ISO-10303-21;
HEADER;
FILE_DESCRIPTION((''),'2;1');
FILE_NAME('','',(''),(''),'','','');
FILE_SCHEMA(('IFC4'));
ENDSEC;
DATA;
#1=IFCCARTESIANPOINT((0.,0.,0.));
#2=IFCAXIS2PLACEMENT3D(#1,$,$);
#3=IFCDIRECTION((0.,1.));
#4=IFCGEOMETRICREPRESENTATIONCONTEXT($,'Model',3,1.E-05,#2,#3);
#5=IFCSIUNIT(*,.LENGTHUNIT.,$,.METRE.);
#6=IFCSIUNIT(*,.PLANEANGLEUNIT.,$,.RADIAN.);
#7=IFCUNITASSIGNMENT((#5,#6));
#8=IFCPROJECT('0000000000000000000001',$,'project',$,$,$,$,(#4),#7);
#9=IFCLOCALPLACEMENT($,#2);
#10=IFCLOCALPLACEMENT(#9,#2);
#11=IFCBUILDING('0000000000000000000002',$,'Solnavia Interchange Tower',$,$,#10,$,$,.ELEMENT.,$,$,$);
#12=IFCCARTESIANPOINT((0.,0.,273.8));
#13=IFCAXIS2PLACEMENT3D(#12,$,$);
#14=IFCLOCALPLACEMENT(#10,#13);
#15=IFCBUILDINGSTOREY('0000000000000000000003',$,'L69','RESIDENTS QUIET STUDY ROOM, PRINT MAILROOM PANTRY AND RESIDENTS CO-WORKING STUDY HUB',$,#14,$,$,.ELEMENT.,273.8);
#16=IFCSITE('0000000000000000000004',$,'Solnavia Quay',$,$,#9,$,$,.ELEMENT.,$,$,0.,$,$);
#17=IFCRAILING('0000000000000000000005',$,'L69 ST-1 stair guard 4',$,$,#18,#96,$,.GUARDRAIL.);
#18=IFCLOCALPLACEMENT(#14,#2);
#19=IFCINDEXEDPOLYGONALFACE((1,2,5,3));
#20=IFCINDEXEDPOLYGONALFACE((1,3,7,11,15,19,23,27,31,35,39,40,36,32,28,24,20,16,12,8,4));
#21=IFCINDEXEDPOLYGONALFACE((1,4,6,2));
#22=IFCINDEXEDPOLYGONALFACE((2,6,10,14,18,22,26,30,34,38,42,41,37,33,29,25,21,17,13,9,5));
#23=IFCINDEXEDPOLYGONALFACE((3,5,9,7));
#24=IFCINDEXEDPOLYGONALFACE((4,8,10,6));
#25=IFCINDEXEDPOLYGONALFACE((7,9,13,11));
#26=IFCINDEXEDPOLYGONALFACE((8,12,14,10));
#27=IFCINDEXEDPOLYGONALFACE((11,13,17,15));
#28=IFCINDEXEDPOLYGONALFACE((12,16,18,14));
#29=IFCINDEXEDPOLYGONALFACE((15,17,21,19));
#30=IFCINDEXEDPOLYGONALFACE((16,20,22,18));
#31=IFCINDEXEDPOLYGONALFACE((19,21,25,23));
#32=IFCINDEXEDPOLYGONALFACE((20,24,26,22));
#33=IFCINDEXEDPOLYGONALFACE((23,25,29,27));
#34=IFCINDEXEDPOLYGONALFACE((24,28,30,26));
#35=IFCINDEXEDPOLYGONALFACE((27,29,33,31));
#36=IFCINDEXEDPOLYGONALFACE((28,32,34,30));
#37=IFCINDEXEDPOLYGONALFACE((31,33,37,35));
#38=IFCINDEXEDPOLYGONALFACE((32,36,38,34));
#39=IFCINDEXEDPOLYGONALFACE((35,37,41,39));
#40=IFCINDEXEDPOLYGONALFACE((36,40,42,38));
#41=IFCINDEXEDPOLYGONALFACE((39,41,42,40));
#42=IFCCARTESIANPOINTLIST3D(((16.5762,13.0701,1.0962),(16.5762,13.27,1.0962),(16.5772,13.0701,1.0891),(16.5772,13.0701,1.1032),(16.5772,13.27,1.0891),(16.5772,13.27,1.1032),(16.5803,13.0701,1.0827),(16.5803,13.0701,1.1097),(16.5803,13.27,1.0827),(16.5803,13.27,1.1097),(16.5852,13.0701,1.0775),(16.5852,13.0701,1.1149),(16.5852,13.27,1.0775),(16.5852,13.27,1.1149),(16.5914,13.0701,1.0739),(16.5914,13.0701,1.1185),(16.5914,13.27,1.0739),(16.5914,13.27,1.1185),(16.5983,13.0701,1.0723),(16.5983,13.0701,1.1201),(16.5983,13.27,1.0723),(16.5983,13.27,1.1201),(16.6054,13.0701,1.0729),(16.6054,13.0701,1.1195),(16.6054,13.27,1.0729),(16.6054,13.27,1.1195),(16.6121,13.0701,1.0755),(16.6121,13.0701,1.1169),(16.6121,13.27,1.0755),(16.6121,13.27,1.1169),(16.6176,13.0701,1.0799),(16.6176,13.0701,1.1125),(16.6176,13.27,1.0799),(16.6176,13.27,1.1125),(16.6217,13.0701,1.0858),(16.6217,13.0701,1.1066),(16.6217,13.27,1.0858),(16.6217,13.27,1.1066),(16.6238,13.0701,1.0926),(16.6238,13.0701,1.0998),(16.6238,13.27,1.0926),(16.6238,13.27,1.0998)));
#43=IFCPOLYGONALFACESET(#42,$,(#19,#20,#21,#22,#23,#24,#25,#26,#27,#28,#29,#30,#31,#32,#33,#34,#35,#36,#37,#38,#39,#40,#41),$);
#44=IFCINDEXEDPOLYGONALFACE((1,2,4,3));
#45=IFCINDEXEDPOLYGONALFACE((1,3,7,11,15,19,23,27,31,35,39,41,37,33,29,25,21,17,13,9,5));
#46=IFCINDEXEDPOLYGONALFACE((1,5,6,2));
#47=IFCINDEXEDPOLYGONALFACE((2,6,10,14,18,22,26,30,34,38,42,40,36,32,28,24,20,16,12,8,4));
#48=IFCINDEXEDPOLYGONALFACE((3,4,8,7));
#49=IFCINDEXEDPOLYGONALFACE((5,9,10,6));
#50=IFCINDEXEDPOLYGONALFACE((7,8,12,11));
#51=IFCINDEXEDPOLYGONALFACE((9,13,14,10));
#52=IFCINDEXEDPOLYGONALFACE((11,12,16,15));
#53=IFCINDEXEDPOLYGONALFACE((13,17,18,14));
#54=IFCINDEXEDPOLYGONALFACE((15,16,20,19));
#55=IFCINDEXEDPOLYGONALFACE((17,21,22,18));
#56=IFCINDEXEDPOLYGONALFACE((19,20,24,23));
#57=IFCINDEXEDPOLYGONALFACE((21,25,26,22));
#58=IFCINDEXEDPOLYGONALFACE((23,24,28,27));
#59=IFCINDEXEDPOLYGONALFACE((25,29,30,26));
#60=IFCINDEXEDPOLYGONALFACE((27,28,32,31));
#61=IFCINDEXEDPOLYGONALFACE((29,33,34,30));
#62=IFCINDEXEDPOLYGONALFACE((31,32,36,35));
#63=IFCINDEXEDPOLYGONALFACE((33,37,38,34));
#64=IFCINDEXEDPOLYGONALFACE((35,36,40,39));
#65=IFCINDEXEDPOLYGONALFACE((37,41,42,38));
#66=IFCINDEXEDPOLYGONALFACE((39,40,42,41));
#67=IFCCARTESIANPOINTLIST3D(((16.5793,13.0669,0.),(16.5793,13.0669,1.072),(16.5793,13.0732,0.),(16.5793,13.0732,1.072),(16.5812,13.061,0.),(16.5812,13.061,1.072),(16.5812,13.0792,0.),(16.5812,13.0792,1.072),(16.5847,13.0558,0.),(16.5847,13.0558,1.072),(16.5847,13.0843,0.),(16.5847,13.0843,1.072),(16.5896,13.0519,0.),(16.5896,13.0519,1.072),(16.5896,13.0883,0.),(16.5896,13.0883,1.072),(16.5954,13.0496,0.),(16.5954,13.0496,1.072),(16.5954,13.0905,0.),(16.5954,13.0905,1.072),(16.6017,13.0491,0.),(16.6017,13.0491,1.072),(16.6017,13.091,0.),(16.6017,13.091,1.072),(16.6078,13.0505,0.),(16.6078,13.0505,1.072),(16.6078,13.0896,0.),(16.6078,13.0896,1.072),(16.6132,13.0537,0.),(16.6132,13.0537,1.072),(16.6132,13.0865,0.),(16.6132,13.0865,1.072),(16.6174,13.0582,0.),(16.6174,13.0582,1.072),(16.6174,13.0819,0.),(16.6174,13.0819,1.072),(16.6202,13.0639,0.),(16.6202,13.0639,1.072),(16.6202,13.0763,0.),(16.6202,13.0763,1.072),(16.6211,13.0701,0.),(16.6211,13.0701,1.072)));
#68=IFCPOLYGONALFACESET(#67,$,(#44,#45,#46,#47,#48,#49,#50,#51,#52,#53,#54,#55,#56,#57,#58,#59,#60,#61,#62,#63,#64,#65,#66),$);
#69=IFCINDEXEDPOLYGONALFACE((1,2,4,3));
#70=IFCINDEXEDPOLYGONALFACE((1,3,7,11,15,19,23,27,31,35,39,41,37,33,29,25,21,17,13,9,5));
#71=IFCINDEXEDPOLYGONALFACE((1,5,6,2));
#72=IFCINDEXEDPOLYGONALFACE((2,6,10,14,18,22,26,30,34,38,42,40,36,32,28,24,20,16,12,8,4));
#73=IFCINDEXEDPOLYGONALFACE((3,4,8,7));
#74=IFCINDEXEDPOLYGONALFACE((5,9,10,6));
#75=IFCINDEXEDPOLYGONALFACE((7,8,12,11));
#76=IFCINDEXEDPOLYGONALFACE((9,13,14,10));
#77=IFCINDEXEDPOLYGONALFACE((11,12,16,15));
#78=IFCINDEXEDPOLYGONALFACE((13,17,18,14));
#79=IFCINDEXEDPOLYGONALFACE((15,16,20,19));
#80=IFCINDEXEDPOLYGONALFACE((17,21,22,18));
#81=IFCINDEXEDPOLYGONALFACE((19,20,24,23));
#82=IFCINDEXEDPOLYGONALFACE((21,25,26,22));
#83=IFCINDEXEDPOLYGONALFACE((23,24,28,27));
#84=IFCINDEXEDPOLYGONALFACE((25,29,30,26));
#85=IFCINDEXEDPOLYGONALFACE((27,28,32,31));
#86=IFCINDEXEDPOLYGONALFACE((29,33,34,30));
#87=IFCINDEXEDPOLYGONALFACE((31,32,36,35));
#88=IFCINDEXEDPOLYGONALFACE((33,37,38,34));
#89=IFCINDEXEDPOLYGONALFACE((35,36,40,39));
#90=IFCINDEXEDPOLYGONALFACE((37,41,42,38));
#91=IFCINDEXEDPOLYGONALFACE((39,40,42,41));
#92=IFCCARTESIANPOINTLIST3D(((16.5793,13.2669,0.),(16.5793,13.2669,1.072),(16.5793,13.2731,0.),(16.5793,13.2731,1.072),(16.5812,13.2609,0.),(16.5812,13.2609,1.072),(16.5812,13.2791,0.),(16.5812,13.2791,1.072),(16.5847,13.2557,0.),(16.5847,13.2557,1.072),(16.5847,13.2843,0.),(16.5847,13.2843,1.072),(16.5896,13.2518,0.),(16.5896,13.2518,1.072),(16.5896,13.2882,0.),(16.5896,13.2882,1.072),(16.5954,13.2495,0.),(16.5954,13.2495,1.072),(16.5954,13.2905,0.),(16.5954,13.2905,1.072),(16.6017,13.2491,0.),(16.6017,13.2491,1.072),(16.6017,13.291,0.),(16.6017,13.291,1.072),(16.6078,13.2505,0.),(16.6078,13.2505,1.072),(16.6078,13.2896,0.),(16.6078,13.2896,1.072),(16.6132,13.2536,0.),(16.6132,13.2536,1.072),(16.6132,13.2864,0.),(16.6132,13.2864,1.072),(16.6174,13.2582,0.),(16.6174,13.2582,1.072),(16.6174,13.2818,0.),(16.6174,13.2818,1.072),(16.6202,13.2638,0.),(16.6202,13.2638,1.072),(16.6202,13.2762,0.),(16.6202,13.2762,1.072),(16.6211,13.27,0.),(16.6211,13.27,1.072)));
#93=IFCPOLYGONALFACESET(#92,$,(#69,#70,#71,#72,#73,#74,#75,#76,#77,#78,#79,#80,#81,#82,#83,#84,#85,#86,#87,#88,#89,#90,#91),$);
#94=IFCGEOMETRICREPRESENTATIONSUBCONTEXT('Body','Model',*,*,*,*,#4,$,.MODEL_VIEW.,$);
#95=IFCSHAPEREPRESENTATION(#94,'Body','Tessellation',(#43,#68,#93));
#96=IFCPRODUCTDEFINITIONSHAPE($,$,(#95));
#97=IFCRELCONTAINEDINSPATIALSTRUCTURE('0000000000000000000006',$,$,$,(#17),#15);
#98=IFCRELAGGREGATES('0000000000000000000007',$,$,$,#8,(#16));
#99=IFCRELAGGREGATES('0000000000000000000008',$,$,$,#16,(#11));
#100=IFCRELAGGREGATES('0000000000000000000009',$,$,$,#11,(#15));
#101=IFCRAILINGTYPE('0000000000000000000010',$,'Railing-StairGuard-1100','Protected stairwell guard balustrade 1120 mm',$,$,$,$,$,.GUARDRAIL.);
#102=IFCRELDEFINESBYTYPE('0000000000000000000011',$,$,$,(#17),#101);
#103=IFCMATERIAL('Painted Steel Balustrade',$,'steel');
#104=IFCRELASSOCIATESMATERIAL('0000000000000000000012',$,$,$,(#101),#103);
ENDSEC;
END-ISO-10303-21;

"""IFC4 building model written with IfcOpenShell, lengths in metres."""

from ifc_helpers import new_model, si_unit, direction, frame, origin, origin_2d, place, context, subcontext, project, spatial, circle, extrude, material, type_object, element, save


model = new_model("IFC4")

# Units and contexts
model_context = context("Model", 3, precision=1e-05, world=origin(), true_north=direction((0.0, 1.0)))
body_context = subcontext(model_context, "Body", "Model", "MODEL_VIEW")
ifc_project = project(units=[si_unit("LENGTHUNIT", "METRE"), si_unit("PLANEANGLEUNIT", "RADIAN")], contexts=[model_context])

# Site, building, storey
site_placement = place(None, origin())
site = spatial("IfcSite", under=ifc_project, at=site_placement, Name="Solnavia Quay", CompositionType="ELEMENT", RefElevation=0.0)
building_placement = place(site_placement, origin())
building = spatial("IfcBuilding", under=site, at=building_placement, Name="Solnavia Interchange Tower", CompositionType="ELEMENT")
storey_placement = place(building_placement, frame((0.0, 0.0, 273.8)))
storey = spatial("IfcBuildingStorey", under=building, at=storey_placement, Name="L69", Description="RESIDENTS QUIET STUDY ROOM, PRINT MAILROOM PANTRY AND RESIDENTS CO-WORKING STUDY HUB", CompositionType="ELEMENT", Elevation=273.8)

# Railing
ifc_material_1 = material(Name="Painted Steel Balustrade", Category="steel")
railing_type_1 = type_object("IfcRailingType", Name="Railing-StairGuard-1100", Description="Protected stairwell guard balustrade 1120 mm", PredefinedType="GUARDRAIL", material=ifc_material_1)
railing_1_placement = place(storey_placement, frame((16.6001, 13.0701, 0.0)))
element("IfcRailing", 1, at=railing_1_placement, inside=storey, type_object=railing_type_1, Name="L69 ST-1 stair guard 4", PredefinedType="GUARDRAIL", context=body_context, shape_type="SweptSolid", body=[
    extrude(circle(Radius=0.0239, at=origin_2d()), frame((0.0, 0.0, 1.0962), z_axis=(0.0, 1.0, 0.0), x_axis=(-1.0, 0.0, 0.0)), (0.0, 0.0, 1.0), 0.2),
    extrude(circle(Radius=0.021, at=origin_2d()), origin(), (0.0, 0.0, 1.0), 1.072),
    extrude(circle(Radius=0.021, at=origin_2d()), frame((0.0, 0.2, 0.0)), (0.0, 0.0, 1.0), 1.072),
])

save(model, "model.ifc")
